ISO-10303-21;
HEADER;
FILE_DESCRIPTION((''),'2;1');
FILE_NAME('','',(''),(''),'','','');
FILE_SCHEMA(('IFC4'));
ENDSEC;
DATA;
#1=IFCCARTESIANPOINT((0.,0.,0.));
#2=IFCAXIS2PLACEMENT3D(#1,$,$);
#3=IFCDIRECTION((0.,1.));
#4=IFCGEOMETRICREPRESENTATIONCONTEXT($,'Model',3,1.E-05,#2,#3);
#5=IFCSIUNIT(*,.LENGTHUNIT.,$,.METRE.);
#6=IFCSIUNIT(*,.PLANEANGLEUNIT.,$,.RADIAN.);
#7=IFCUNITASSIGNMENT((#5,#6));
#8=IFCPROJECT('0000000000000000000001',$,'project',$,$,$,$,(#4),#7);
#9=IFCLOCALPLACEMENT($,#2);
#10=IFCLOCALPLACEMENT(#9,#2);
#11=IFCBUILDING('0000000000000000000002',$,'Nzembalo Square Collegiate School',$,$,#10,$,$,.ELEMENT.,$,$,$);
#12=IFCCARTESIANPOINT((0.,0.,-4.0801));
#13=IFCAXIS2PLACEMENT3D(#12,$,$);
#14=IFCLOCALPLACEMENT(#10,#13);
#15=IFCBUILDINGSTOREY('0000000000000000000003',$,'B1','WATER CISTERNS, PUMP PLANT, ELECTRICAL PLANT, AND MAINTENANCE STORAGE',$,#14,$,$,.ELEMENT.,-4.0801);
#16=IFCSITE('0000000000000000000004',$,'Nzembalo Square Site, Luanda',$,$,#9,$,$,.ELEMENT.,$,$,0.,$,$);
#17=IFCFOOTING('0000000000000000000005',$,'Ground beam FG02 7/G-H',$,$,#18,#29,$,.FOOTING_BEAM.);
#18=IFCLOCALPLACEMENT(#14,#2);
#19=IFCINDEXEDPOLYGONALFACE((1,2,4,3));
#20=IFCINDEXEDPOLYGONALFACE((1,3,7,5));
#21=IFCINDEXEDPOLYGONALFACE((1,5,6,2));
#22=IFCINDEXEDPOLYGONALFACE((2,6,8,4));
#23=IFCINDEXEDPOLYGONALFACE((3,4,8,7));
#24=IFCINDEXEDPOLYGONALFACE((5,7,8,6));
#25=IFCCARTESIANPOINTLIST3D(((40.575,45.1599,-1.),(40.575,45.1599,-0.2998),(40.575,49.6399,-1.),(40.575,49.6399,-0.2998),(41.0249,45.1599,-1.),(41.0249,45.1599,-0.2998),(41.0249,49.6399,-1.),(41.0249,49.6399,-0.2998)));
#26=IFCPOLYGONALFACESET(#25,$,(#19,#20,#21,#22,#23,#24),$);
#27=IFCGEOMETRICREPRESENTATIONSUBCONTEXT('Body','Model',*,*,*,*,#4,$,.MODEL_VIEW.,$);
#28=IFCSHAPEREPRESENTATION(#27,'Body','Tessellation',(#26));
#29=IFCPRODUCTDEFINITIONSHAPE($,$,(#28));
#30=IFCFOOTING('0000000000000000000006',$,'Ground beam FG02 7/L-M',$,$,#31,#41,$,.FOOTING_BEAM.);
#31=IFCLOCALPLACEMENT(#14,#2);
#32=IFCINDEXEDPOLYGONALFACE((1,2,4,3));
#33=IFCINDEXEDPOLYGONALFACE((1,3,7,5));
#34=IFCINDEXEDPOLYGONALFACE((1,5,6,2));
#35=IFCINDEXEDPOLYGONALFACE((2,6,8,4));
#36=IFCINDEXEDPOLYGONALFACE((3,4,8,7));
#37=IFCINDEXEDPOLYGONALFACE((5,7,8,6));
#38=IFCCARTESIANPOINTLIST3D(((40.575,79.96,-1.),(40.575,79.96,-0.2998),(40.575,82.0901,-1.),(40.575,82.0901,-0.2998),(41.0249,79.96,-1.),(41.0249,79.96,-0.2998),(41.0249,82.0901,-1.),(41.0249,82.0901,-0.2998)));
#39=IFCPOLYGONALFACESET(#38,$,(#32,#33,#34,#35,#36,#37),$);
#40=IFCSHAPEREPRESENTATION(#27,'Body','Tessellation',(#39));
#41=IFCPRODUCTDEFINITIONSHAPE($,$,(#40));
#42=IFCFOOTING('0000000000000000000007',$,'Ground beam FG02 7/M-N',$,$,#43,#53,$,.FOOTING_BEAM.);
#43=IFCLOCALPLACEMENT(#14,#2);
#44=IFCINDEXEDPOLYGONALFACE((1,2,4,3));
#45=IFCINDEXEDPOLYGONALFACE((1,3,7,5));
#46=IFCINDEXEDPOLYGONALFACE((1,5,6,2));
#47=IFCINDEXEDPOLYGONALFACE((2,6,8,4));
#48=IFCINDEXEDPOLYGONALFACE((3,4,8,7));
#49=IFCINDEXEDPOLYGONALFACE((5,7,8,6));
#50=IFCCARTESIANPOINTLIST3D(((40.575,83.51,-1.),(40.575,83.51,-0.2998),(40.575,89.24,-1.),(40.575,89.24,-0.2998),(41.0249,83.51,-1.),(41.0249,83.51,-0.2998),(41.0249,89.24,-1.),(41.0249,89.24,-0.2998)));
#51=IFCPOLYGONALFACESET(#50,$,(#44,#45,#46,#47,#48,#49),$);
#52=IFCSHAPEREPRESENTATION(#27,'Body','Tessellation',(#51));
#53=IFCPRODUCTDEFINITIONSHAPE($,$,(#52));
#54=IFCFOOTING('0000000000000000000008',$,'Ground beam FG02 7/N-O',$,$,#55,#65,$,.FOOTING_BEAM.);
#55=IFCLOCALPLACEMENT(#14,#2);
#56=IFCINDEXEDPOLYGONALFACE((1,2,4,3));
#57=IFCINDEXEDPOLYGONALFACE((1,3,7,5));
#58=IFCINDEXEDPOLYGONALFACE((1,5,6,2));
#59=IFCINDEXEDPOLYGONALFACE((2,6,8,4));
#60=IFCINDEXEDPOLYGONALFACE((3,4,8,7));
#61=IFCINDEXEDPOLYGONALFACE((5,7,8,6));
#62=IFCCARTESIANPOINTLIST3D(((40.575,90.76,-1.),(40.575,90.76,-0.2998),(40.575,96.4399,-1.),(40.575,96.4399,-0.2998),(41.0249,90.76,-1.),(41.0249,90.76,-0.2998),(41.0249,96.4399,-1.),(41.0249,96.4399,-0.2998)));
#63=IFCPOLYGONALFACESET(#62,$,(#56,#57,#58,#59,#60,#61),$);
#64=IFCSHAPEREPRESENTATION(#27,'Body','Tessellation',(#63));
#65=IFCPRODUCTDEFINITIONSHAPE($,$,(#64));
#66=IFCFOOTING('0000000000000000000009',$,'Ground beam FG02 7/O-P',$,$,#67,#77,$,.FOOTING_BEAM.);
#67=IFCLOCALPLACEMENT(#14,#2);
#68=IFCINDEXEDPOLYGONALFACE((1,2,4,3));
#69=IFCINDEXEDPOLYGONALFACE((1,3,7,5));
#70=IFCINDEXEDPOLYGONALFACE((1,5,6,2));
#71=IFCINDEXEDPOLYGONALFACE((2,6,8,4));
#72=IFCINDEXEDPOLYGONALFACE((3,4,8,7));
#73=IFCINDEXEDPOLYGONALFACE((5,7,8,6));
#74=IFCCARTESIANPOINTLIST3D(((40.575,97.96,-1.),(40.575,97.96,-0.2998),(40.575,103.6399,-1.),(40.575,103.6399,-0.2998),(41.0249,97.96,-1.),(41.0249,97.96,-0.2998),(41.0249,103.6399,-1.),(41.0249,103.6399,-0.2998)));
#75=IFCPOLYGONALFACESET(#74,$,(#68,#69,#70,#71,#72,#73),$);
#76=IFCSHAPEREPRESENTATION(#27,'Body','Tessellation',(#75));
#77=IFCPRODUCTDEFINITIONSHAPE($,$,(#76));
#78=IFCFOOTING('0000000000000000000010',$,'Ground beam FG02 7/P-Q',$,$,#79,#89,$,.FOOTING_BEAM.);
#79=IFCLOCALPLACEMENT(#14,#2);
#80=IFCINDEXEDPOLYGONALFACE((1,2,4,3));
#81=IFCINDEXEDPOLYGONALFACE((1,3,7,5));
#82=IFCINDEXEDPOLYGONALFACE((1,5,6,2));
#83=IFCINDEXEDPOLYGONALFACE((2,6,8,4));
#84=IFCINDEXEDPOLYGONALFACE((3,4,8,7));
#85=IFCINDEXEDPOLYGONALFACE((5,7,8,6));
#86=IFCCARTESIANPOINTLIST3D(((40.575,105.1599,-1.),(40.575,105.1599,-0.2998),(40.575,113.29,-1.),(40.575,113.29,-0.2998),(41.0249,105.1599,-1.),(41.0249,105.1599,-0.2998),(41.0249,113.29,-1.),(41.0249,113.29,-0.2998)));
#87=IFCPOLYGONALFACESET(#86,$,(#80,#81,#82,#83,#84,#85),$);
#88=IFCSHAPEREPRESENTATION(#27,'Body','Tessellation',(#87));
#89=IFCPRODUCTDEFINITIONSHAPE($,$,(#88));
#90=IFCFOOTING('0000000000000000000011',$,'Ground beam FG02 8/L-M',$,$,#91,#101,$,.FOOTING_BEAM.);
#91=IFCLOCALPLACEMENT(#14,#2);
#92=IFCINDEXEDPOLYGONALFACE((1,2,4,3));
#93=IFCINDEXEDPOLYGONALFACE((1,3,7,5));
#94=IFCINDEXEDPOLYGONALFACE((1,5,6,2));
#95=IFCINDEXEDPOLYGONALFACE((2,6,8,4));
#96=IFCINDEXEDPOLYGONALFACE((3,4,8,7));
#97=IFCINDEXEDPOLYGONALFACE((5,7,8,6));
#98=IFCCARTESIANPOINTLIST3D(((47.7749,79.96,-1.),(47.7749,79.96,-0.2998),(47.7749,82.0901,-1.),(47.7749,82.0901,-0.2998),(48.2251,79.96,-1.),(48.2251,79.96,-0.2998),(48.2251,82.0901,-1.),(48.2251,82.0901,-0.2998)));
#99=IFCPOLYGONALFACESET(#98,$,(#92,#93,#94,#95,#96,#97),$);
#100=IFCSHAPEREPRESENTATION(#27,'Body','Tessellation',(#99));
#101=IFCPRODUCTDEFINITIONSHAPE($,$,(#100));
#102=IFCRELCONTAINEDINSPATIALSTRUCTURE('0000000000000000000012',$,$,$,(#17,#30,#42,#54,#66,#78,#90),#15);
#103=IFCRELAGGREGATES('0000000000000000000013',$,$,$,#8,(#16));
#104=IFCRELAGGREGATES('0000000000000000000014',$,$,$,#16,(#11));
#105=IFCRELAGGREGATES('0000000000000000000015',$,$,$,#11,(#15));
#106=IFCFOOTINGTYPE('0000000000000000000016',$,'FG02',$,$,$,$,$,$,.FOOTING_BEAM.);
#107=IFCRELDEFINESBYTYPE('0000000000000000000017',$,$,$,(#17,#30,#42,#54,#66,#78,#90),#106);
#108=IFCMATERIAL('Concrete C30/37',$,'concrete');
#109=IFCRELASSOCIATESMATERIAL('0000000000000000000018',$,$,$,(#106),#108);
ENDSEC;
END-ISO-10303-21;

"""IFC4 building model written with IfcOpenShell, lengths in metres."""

from ifc_helpers import new_model, si_unit, direction, frame, origin, place, context, subcontext, project, spatial, polyline, outline, extrude, material, type_object, element, save


model = new_model("IFC4")

# Units and contexts
model_context = context("Model", 3, precision=1e-05, world=origin(), true_north=direction((0.0, 1.0)))
body_context = subcontext(model_context, "Body", "Model", "MODEL_VIEW")
ifc_project = project(units=[si_unit("LENGTHUNIT", "METRE"), si_unit("PLANEANGLEUNIT", "RADIAN")], contexts=[model_context])

# Site, building, storey
site_placement = place(None, origin())
site = spatial("IfcSite", under=ifc_project, at=site_placement, Name="Nzembalo Square Site, Luanda", CompositionType="ELEMENT", RefElevation=0.0)
building_placement = place(site_placement, origin())
building = spatial("IfcBuilding", under=site, at=building_placement, Name="Nzembalo Square Collegiate School", CompositionType="ELEMENT")
storey_placement = place(building_placement, frame((0.0, 0.0, -4.0801)))
storey = spatial("IfcBuildingStorey", under=building, at=storey_placement, Name="B1", Description="WATER CISTERNS, PUMP PLANT, ELECTRICAL PLANT, AND MAINTENANCE STORAGE", CompositionType="ELEMENT", Elevation=-4.0801)

# Footings
ifc_material = material(Name="Concrete C30/37", Category="concrete")
footing_type = type_object("IfcFootingType", Name="FG02", PredefinedType="FOOTING_BEAM", material=ifc_material)
footing_1_placement = place(storey_placement, frame((0.0, 0.0, -1.0)))
element("IfcFooting", 1, at=footing_1_placement, inside=storey, type_object=footing_type, Name="Ground beam FG02 7/G-H", PredefinedType="FOOTING_BEAM", context=body_context, shape_type="SweptSolid", body=[
    extrude(outline(polyline([(40.575, 45.1599), (41.0249, 45.1599), (41.0249, 49.6399), (40.575, 49.6399), (40.575, 45.1599)])), origin(), (0.0, 0.0, 1.0), 0.7002),
])
footing_2_placement = place(storey_placement, frame((0.0, 0.0, -1.0)))
element("IfcFooting", 2, at=footing_2_placement, inside=storey, type_object=footing_type, Name="Ground beam FG02 7/L-M", PredefinedType="FOOTING_BEAM", context=body_context, shape_type="SweptSolid", body=[
    extrude(outline(polyline([(40.575, 79.96), (41.0249, 79.96), (41.0249, 82.0901), (40.575, 82.0901), (40.575, 79.96)])), origin(), (0.0, 0.0, 1.0), 0.7002),
])
footing_3_placement = place(storey_placement, frame((0.0, 0.0, -1.0)))
element("IfcFooting", 3, at=footing_3_placement, inside=storey, type_object=footing_type, Name="Ground beam FG02 7/M-N", PredefinedType="FOOTING_BEAM", context=body_context, shape_type="SweptSolid", body=[
    extrude(outline(polyline([(40.575, 83.51), (41.0249, 83.51), (41.0249, 89.24), (40.575, 89.24), (40.575, 83.51)])), origin(), (0.0, 0.0, 1.0), 0.7002),
])
footing_4_placement = place(storey_placement, frame((0.0, 0.0, -1.0)))
element("IfcFooting", 4, at=footing_4_placement, inside=storey, type_object=footing_type, Name="Ground beam FG02 7/N-O", PredefinedType="FOOTING_BEAM", context=body_context, shape_type="SweptSolid", body=[
    extrude(outline(polyline([(40.575, 90.76), (41.0249, 90.76), (41.0249, 96.4399), (40.575, 96.4399), (40.575, 90.76)])), origin(), (0.0, 0.0, 1.0), 0.7002),
])
footing_5_placement = place(storey_placement, frame((0.0, 0.0, -1.0)))
element("IfcFooting", 5, at=footing_5_placement, inside=storey, type_object=footing_type, Name="Ground beam FG02 7/O-P", PredefinedType="FOOTING_BEAM", context=body_context, shape_type="SweptSolid", body=[
    extrude(outline(polyline([(40.575, 97.96), (41.0249, 97.96), (41.0249, 103.6399), (40.575, 103.6399), (40.575, 97.96)])), origin(), (0.0, 0.0, 1.0), 0.7002),
])
footing_6_placement = place(storey_placement, frame((0.0, 0.0, -1.0)))
element("IfcFooting", 6, at=footing_6_placement, inside=storey, type_object=footing_type, Name="Ground beam FG02 7/P-Q", PredefinedType="FOOTING_BEAM", context=body_context, shape_type="SweptSolid", body=[
    extrude(outline(polyline([(40.575, 105.1599), (41.0249, 105.1599), (41.0249, 113.29), (40.575, 113.29), (40.575, 105.1599)])), origin(), (0.0, 0.0, 1.0), 0.7002),
])
footing_7_placement = place(storey_placement, frame((0.0, 0.0, -1.0)))
element("IfcFooting", 7, at=footing_7_placement, inside=storey, type_object=footing_type, Name="Ground beam FG02 8/L-M", PredefinedType="FOOTING_BEAM", context=body_context, shape_type="SweptSolid", body=[
    extrude(outline(polyline([(47.7749, 79.96), (48.2251, 79.96), (48.2251, 82.0901), (47.7749, 82.0901), (47.7749, 79.96)])), origin(), (0.0, 0.0, 1.0), 0.7002),
])

save(model, "model.ifc")
